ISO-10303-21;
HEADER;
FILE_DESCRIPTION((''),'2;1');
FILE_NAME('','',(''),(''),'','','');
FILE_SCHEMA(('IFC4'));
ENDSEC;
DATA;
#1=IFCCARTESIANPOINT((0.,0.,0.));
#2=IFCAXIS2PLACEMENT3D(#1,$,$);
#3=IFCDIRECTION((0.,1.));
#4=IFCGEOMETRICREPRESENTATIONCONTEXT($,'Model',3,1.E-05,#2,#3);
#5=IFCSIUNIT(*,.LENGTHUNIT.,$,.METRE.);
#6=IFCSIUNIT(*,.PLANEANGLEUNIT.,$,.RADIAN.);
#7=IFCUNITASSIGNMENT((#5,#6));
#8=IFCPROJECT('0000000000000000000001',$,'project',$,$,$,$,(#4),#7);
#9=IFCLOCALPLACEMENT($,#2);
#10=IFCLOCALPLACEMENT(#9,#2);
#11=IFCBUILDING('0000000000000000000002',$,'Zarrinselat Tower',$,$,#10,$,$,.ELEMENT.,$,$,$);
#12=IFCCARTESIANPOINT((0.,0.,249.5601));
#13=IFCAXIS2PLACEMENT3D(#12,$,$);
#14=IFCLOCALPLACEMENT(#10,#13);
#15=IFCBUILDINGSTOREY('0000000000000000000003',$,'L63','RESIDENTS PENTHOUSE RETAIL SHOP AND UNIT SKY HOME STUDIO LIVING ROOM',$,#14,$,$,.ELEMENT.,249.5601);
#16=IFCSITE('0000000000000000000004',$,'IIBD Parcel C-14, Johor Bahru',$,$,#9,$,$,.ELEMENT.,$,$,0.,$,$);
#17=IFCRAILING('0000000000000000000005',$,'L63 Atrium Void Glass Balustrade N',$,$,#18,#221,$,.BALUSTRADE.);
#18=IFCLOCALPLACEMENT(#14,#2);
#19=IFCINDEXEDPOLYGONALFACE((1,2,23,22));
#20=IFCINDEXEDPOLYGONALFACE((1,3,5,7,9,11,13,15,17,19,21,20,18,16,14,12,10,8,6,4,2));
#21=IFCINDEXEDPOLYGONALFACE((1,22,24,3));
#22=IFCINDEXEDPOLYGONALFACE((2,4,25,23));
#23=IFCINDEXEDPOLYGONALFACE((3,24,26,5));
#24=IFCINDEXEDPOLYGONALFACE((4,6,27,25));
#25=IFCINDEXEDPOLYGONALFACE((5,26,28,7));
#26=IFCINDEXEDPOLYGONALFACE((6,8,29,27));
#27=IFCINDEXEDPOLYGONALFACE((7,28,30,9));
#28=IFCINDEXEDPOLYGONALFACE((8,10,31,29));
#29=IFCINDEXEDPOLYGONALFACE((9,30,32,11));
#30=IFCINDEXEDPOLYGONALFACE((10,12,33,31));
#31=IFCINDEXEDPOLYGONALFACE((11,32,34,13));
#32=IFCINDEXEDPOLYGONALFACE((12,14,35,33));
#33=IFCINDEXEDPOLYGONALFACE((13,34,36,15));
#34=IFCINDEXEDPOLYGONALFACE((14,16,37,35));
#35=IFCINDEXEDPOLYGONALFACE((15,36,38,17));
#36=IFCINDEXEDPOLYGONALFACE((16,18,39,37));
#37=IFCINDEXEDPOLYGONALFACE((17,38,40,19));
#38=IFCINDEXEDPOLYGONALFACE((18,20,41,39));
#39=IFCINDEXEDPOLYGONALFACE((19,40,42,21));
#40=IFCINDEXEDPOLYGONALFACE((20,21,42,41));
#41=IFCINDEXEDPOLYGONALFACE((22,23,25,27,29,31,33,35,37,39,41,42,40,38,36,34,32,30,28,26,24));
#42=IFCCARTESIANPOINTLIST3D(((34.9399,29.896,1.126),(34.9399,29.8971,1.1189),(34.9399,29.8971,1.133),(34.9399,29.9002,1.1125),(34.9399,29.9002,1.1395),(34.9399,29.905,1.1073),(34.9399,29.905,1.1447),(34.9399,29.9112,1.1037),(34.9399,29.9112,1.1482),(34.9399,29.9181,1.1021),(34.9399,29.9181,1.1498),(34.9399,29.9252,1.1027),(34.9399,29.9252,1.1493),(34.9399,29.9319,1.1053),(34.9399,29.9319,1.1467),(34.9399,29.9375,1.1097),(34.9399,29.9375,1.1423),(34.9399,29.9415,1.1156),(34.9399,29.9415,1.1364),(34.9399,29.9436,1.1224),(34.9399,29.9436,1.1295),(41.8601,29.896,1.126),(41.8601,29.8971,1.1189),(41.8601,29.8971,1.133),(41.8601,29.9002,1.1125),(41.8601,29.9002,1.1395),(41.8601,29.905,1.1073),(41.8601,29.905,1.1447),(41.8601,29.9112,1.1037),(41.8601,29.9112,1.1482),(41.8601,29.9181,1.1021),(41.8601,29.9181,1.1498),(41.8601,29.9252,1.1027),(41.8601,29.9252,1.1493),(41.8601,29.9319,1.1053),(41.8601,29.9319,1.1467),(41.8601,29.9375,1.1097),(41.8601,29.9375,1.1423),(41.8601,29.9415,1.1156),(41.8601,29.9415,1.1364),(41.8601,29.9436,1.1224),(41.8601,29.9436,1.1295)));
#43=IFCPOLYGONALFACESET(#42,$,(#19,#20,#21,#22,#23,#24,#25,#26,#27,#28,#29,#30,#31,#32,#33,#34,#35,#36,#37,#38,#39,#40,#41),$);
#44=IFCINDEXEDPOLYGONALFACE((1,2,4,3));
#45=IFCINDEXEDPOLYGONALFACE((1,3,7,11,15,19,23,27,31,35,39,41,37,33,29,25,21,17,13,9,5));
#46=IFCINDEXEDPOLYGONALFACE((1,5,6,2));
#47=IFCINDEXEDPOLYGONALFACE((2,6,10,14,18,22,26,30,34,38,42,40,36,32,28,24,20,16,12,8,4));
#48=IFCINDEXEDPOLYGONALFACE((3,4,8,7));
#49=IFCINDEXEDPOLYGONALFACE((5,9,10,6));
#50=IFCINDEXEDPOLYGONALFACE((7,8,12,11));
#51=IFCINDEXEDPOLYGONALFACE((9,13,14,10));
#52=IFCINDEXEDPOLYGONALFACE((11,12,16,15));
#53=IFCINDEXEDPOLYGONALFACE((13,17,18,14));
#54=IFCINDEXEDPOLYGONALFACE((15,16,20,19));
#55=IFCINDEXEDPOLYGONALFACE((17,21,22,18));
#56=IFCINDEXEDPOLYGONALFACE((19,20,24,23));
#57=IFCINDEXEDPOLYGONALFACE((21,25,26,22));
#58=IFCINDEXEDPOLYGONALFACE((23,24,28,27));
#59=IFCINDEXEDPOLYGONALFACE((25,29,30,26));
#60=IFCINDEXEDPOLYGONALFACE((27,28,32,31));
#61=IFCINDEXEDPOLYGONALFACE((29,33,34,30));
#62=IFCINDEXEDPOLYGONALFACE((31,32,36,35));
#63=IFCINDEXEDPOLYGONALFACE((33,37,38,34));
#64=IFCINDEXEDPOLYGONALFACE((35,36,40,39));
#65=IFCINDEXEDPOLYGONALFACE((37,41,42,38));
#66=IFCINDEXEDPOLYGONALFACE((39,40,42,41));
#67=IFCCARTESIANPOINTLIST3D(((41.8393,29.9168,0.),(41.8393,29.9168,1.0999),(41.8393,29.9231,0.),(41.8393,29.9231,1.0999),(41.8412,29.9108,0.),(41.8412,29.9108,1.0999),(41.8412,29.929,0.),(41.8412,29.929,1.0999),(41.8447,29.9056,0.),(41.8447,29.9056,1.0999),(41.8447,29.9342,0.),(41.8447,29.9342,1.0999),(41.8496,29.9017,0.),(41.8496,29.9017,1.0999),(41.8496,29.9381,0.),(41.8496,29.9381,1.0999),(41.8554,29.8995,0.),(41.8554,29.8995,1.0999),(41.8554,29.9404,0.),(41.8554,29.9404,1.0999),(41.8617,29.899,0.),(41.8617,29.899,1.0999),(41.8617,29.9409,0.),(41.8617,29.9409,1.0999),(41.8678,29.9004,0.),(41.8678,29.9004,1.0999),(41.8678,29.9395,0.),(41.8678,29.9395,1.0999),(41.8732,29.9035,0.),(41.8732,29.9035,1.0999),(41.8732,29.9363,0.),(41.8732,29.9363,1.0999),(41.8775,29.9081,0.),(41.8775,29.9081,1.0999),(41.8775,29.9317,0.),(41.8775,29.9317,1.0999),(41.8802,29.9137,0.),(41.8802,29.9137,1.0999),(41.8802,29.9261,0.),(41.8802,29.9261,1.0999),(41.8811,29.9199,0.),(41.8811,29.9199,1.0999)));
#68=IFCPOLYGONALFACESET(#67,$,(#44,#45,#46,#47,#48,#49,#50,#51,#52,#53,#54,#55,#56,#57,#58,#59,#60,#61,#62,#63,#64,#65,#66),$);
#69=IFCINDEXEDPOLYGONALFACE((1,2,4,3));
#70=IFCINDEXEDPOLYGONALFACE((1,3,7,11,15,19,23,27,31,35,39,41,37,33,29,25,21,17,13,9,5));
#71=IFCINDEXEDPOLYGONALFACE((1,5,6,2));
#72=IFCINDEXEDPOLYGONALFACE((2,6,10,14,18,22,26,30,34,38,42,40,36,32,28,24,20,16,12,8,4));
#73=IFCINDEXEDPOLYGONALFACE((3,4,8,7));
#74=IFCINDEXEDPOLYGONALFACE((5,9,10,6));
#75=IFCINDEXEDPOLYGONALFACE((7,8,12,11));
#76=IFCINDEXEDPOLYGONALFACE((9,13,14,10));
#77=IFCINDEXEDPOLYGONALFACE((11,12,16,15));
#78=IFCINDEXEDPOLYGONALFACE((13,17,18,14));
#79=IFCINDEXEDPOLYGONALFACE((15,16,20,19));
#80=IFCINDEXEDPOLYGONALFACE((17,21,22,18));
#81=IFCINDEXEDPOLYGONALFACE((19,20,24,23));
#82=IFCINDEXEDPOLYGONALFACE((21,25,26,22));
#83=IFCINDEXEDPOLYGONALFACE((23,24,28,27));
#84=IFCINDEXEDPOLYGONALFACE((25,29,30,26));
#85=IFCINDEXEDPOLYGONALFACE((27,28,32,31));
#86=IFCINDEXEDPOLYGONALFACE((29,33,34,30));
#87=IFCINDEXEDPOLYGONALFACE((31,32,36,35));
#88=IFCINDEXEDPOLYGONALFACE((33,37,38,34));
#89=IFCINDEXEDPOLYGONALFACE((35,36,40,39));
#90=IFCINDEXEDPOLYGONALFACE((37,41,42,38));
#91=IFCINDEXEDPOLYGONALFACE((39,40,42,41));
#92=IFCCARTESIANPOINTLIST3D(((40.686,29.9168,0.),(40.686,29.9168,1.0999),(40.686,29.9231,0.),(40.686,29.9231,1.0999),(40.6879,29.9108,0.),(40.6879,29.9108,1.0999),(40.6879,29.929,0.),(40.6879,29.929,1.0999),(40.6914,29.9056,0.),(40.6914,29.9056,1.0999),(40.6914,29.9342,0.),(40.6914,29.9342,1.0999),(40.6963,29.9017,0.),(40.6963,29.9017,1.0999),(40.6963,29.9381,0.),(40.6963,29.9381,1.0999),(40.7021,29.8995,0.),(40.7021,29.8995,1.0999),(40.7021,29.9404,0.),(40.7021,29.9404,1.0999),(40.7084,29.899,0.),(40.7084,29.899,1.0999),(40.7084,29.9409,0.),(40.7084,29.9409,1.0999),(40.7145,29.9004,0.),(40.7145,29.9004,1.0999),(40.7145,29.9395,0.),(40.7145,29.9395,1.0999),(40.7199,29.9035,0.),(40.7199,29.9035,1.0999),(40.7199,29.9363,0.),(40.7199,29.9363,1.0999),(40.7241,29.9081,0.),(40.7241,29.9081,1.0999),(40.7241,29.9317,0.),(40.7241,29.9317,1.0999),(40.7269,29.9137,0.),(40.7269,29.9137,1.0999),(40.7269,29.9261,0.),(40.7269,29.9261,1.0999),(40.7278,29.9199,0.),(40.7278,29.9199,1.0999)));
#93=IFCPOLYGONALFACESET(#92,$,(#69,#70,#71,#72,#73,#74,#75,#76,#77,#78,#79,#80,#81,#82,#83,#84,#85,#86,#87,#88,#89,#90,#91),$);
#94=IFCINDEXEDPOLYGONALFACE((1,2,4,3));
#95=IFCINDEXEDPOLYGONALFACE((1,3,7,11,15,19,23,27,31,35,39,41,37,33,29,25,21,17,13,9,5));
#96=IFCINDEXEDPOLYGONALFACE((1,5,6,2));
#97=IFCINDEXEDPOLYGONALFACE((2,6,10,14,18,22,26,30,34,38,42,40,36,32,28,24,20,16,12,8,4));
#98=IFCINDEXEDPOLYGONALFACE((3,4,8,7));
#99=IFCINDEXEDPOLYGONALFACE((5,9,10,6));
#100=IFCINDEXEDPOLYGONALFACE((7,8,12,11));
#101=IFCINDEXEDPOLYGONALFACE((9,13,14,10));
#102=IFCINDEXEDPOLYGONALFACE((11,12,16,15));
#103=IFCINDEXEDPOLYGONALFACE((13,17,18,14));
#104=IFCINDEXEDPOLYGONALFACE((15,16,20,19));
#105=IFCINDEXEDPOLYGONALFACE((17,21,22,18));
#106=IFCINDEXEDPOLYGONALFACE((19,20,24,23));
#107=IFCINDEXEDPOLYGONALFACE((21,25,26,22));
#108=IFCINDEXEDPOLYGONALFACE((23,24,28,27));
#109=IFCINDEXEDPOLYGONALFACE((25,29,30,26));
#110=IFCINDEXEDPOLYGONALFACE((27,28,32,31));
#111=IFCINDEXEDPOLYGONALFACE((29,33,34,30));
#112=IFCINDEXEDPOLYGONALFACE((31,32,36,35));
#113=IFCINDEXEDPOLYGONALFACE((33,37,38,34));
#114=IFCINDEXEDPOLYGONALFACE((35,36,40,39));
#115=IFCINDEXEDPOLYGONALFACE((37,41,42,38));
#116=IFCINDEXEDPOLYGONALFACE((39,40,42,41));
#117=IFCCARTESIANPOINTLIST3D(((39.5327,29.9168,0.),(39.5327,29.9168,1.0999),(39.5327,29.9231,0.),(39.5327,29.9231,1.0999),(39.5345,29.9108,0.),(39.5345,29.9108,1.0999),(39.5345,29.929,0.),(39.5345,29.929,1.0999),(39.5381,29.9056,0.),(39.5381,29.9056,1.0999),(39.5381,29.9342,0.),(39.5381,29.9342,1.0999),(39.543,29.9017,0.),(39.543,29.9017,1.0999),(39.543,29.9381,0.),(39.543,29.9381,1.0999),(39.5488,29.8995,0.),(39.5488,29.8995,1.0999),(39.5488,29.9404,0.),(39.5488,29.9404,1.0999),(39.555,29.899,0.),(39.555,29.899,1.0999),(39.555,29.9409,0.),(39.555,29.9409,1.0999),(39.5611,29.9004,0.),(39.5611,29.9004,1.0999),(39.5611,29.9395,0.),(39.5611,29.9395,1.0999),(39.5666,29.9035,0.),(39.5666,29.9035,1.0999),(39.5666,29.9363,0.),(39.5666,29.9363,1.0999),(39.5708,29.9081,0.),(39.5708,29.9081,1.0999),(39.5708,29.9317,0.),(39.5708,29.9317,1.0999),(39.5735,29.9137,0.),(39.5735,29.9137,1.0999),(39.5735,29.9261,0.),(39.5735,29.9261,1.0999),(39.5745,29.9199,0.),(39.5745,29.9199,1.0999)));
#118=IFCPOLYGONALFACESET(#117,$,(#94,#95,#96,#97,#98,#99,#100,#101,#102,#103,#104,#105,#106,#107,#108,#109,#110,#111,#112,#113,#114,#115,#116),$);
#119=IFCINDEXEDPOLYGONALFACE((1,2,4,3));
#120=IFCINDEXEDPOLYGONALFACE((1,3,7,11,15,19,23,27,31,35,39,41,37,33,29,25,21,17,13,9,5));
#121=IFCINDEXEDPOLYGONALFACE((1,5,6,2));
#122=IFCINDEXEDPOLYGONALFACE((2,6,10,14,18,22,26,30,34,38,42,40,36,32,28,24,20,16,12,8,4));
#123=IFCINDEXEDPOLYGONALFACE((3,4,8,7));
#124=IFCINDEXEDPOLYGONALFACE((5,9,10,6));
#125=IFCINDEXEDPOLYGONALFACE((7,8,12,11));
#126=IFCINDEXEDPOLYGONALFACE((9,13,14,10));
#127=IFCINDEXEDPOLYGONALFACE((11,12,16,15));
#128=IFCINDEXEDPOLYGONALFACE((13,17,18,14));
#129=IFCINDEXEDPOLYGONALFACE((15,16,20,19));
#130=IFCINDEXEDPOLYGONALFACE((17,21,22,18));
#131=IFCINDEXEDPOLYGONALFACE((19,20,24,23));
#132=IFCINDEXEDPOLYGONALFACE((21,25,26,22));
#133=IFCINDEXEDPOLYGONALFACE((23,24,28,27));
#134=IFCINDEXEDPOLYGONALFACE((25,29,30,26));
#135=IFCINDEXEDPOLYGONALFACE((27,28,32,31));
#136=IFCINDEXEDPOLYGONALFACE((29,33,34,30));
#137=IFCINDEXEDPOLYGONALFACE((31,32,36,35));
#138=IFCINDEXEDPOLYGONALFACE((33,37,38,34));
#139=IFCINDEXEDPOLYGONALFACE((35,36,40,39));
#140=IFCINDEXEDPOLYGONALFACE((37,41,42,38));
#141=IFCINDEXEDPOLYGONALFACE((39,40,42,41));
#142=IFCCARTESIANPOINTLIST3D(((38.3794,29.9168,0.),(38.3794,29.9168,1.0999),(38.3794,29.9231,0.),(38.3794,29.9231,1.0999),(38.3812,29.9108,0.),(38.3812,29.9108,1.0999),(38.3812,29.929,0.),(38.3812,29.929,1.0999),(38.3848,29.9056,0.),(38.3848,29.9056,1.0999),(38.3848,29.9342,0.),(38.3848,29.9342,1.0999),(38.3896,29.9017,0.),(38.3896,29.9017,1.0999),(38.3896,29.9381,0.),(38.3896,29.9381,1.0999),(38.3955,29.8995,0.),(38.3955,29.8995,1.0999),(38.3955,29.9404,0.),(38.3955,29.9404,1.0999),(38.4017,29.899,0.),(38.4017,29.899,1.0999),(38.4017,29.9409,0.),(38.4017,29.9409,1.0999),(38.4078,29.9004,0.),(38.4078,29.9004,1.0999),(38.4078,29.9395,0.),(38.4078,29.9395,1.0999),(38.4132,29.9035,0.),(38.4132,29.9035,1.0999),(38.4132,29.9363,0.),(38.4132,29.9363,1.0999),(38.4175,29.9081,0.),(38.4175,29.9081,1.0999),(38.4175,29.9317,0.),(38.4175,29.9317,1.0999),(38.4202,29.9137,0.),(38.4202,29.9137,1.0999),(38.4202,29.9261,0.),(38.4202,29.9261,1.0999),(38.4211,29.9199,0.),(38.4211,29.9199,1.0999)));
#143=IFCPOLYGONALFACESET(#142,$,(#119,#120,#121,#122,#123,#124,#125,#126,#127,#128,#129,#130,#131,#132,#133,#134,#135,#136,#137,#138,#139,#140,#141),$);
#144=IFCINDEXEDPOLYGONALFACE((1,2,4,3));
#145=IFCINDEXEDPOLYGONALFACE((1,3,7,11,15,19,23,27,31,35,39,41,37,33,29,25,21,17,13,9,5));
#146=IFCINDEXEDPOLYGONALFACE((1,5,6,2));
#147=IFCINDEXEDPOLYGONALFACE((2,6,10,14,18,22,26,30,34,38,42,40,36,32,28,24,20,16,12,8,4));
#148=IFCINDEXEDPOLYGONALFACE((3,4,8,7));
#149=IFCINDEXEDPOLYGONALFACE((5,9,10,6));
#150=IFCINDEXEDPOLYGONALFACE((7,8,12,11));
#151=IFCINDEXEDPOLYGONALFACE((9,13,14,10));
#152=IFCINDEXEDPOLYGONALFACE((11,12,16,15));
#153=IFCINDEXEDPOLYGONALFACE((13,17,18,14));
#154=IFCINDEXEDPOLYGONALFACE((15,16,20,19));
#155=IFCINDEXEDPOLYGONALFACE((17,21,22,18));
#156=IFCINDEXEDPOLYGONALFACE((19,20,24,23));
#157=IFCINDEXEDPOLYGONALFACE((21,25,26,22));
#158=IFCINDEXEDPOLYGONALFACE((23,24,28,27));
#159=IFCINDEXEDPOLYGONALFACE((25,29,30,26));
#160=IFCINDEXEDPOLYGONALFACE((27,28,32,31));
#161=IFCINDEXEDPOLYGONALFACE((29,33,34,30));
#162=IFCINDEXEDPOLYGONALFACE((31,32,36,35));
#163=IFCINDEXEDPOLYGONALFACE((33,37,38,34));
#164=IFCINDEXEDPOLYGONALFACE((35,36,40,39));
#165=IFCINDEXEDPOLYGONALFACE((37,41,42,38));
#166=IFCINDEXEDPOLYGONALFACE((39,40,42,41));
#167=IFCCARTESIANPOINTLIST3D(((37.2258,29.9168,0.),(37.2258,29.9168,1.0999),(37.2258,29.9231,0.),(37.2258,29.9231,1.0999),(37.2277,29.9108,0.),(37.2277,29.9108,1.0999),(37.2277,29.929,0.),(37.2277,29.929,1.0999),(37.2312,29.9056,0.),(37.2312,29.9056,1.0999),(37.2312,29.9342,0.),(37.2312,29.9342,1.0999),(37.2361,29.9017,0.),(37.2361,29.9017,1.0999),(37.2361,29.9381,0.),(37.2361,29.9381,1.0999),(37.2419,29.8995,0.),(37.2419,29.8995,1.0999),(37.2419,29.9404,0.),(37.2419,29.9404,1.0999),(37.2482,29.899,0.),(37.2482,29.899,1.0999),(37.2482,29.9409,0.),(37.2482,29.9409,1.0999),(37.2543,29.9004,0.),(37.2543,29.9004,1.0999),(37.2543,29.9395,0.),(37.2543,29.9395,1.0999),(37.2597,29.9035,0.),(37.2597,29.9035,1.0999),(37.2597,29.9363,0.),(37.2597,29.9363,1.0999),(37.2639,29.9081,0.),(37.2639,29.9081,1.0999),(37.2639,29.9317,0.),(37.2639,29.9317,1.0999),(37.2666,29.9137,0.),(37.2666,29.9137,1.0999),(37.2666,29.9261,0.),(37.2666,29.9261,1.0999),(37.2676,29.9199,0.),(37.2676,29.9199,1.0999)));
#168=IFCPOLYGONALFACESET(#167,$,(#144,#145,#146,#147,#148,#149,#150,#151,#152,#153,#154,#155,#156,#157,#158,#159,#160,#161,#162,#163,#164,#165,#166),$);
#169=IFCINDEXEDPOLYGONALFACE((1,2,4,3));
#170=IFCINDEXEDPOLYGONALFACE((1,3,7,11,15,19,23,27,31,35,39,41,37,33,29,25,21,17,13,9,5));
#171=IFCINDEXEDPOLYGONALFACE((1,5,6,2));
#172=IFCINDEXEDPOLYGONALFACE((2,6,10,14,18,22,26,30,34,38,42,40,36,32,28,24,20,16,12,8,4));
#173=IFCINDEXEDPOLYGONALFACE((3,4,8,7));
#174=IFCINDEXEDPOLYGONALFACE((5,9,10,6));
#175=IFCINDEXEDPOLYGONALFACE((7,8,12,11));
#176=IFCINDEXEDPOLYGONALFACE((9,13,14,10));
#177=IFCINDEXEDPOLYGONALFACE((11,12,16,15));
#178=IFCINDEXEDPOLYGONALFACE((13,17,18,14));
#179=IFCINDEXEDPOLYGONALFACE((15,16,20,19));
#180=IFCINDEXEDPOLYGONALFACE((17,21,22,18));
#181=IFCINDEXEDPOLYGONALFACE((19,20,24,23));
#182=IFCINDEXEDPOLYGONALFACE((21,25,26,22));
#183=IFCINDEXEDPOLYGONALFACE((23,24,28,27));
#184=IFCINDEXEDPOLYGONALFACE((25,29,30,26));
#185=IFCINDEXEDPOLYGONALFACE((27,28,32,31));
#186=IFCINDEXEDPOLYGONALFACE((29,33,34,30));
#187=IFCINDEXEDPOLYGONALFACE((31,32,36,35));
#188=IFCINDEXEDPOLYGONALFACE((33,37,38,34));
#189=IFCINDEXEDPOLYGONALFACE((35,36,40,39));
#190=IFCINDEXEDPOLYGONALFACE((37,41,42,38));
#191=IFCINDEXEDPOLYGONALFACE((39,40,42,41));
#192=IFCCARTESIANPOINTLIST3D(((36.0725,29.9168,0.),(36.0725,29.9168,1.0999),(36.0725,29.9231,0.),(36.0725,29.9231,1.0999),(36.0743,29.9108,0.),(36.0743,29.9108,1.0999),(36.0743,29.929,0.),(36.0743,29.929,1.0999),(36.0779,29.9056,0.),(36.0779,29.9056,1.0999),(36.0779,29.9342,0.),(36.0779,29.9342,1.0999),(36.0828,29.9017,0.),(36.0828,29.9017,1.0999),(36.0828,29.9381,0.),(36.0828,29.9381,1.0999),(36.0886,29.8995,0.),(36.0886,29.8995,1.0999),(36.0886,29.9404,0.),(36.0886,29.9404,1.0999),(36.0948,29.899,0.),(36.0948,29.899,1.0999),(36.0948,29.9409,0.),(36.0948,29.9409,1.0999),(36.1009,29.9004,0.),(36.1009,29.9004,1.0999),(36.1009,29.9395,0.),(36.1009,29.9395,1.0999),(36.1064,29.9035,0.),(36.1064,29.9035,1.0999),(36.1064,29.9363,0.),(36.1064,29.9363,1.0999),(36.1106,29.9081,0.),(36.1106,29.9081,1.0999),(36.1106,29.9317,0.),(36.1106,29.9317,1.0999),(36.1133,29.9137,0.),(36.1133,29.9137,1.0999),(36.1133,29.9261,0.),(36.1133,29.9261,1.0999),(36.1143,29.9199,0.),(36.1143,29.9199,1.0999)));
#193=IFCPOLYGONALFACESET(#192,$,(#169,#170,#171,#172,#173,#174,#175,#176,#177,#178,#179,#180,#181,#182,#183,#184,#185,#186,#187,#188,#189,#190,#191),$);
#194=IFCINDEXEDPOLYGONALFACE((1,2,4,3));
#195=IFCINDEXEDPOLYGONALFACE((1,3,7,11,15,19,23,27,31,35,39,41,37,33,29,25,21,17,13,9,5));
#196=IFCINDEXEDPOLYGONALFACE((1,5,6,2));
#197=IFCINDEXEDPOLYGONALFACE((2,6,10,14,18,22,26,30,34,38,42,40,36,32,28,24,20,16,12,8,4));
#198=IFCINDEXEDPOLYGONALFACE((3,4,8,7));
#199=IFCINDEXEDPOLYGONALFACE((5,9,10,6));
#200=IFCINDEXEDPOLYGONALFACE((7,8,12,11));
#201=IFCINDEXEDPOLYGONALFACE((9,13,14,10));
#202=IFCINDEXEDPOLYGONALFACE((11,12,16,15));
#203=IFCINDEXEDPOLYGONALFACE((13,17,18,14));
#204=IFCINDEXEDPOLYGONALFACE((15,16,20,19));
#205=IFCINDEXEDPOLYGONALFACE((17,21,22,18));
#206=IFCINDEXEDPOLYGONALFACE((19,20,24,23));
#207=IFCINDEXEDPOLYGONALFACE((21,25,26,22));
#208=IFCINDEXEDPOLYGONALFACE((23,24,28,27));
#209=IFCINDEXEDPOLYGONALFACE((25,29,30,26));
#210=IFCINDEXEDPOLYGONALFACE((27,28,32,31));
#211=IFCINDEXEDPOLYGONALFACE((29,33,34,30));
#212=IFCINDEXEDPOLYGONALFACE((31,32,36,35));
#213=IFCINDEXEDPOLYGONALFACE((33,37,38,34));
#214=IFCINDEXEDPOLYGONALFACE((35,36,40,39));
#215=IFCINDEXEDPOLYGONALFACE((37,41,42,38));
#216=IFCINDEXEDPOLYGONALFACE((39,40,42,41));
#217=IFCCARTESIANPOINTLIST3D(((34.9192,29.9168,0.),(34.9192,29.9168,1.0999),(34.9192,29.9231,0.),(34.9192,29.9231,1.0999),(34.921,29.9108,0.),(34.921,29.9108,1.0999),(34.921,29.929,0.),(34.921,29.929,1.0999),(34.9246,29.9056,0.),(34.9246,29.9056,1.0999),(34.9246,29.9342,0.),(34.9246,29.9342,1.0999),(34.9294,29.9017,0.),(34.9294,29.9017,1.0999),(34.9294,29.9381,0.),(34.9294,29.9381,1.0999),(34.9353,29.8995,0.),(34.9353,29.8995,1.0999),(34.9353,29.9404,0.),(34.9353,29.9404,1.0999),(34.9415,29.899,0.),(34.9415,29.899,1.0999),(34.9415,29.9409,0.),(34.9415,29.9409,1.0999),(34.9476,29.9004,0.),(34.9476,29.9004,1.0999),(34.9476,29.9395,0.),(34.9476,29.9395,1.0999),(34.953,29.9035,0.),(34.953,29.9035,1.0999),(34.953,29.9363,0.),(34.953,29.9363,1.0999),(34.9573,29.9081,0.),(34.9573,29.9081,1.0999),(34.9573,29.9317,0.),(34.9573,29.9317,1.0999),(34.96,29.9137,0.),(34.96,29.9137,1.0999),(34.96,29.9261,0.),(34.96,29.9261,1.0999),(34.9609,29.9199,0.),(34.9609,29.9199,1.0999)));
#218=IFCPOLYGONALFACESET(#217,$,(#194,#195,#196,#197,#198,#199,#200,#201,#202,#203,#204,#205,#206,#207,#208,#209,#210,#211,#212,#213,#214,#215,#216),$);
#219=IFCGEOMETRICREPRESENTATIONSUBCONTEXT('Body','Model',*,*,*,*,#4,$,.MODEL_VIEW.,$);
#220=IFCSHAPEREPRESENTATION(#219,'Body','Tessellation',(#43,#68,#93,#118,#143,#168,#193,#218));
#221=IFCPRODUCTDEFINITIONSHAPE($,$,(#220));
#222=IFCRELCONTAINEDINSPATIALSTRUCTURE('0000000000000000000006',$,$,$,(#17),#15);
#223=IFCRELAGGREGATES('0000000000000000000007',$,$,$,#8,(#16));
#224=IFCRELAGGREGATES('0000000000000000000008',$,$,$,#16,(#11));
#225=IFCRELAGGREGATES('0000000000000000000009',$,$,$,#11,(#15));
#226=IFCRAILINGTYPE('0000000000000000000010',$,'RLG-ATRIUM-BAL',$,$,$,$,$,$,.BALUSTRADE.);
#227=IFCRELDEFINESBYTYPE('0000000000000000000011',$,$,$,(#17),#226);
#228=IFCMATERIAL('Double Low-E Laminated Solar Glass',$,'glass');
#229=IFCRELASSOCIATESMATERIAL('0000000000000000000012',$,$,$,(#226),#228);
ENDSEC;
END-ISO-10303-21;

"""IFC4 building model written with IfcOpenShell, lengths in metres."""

from ifc_helpers import new_model, si_unit, direction, frame, origin, origin_2d, place, context, subcontext, project, spatial, circle, extrude, material, type_object, element, save


model = new_model("IFC4")

# Units and contexts
model_context = context("Model", 3, precision=1e-05, world=origin(), true_north=direction((0.0, 1.0)))
body_context = subcontext(model_context, "Body", "Model", "MODEL_VIEW")
ifc_project = project(units=[si_unit("LENGTHUNIT", "METRE"), si_unit("PLANEANGLEUNIT", "RADIAN")], contexts=[model_context])

# Site, building, storey
site_placement = place(None, origin())
site = spatial("IfcSite", under=ifc_project, at=site_placement, Name="IIBD Parcel C-14, Johor Bahru", CompositionType="ELEMENT", RefElevation=0.0)
building_placement = place(site_placement, origin())
building = spatial("IfcBuilding", under=site, at=building_placement, Name="Zarrinselat Tower", CompositionType="ELEMENT")
storey_placement = place(building_placement, frame((0.0, 0.0, 249.5601)))
storey = spatial("IfcBuildingStorey", under=building, at=storey_placement, Name="L63", Description="RESIDENTS PENTHOUSE RETAIL SHOP AND UNIT SKY HOME STUDIO LIVING ROOM", CompositionType="ELEMENT", Elevation=249.5601)

# Railing
ifc_material_1 = material(Name="Double Low-E Laminated Solar Glass", Category="glass")
railing_type_1 = type_object("IfcRailingType", Name="RLG-ATRIUM-BAL", PredefinedType="BALUSTRADE", material=ifc_material_1)
railing_1_placement = place(storey_placement, frame((41.8601, 29.9199, 0.0)))
element("IfcRailing", 1, at=railing_1_placement, inside=storey, type_object=railing_type_1, Name="L63 Atrium Void Glass Balustrade N", PredefinedType="BALUSTRADE", context=body_context, shape_type="SweptSolid", body=[
    extrude(circle(Radius=0.0239, at=origin_2d()), frame((0.0, 0.0, 1.126), z_axis=(-1.0, 0.0, 0.0), x_axis=(0.0, -1.0, 0.0)), (0.0, 0.0, 1.0), 6.9202),
    extrude(circle(Radius=0.021, at=origin_2d()), origin(), (0.0, 0.0, 1.0), 1.0999),
    extrude(circle(Radius=0.021, at=origin_2d()), frame((-1.1533, 0.0, 0.0)), (0.0, 0.0, 1.0), 1.0999),
    extrude(circle(Radius=0.021, at=origin_2d()), frame((-2.3066, 0.0, 0.0)), (0.0, 0.0, 1.0), 1.0999),
    extrude(circle(Radius=0.021, at=origin_2d()), frame((-3.46, 0.0, 0.0)), (0.0, 0.0, 1.0), 1.0999),
    extrude(circle(Radius=0.021, at=origin_2d()), frame((-4.6135, 0.0, 0.0)), (0.0, 0.0, 1.0), 1.0999),
    extrude(circle(Radius=0.021, at=origin_2d()), frame((-5.7668, 0.0, 0.0)), (0.0, 0.0, 1.0), 1.0999),
    extrude(circle(Radius=0.021, at=origin_2d()), frame((-6.9202, 0.0, 0.0)), (0.0, 0.0, 1.0), 1.0999),
])

save(model, "model.ifc")
